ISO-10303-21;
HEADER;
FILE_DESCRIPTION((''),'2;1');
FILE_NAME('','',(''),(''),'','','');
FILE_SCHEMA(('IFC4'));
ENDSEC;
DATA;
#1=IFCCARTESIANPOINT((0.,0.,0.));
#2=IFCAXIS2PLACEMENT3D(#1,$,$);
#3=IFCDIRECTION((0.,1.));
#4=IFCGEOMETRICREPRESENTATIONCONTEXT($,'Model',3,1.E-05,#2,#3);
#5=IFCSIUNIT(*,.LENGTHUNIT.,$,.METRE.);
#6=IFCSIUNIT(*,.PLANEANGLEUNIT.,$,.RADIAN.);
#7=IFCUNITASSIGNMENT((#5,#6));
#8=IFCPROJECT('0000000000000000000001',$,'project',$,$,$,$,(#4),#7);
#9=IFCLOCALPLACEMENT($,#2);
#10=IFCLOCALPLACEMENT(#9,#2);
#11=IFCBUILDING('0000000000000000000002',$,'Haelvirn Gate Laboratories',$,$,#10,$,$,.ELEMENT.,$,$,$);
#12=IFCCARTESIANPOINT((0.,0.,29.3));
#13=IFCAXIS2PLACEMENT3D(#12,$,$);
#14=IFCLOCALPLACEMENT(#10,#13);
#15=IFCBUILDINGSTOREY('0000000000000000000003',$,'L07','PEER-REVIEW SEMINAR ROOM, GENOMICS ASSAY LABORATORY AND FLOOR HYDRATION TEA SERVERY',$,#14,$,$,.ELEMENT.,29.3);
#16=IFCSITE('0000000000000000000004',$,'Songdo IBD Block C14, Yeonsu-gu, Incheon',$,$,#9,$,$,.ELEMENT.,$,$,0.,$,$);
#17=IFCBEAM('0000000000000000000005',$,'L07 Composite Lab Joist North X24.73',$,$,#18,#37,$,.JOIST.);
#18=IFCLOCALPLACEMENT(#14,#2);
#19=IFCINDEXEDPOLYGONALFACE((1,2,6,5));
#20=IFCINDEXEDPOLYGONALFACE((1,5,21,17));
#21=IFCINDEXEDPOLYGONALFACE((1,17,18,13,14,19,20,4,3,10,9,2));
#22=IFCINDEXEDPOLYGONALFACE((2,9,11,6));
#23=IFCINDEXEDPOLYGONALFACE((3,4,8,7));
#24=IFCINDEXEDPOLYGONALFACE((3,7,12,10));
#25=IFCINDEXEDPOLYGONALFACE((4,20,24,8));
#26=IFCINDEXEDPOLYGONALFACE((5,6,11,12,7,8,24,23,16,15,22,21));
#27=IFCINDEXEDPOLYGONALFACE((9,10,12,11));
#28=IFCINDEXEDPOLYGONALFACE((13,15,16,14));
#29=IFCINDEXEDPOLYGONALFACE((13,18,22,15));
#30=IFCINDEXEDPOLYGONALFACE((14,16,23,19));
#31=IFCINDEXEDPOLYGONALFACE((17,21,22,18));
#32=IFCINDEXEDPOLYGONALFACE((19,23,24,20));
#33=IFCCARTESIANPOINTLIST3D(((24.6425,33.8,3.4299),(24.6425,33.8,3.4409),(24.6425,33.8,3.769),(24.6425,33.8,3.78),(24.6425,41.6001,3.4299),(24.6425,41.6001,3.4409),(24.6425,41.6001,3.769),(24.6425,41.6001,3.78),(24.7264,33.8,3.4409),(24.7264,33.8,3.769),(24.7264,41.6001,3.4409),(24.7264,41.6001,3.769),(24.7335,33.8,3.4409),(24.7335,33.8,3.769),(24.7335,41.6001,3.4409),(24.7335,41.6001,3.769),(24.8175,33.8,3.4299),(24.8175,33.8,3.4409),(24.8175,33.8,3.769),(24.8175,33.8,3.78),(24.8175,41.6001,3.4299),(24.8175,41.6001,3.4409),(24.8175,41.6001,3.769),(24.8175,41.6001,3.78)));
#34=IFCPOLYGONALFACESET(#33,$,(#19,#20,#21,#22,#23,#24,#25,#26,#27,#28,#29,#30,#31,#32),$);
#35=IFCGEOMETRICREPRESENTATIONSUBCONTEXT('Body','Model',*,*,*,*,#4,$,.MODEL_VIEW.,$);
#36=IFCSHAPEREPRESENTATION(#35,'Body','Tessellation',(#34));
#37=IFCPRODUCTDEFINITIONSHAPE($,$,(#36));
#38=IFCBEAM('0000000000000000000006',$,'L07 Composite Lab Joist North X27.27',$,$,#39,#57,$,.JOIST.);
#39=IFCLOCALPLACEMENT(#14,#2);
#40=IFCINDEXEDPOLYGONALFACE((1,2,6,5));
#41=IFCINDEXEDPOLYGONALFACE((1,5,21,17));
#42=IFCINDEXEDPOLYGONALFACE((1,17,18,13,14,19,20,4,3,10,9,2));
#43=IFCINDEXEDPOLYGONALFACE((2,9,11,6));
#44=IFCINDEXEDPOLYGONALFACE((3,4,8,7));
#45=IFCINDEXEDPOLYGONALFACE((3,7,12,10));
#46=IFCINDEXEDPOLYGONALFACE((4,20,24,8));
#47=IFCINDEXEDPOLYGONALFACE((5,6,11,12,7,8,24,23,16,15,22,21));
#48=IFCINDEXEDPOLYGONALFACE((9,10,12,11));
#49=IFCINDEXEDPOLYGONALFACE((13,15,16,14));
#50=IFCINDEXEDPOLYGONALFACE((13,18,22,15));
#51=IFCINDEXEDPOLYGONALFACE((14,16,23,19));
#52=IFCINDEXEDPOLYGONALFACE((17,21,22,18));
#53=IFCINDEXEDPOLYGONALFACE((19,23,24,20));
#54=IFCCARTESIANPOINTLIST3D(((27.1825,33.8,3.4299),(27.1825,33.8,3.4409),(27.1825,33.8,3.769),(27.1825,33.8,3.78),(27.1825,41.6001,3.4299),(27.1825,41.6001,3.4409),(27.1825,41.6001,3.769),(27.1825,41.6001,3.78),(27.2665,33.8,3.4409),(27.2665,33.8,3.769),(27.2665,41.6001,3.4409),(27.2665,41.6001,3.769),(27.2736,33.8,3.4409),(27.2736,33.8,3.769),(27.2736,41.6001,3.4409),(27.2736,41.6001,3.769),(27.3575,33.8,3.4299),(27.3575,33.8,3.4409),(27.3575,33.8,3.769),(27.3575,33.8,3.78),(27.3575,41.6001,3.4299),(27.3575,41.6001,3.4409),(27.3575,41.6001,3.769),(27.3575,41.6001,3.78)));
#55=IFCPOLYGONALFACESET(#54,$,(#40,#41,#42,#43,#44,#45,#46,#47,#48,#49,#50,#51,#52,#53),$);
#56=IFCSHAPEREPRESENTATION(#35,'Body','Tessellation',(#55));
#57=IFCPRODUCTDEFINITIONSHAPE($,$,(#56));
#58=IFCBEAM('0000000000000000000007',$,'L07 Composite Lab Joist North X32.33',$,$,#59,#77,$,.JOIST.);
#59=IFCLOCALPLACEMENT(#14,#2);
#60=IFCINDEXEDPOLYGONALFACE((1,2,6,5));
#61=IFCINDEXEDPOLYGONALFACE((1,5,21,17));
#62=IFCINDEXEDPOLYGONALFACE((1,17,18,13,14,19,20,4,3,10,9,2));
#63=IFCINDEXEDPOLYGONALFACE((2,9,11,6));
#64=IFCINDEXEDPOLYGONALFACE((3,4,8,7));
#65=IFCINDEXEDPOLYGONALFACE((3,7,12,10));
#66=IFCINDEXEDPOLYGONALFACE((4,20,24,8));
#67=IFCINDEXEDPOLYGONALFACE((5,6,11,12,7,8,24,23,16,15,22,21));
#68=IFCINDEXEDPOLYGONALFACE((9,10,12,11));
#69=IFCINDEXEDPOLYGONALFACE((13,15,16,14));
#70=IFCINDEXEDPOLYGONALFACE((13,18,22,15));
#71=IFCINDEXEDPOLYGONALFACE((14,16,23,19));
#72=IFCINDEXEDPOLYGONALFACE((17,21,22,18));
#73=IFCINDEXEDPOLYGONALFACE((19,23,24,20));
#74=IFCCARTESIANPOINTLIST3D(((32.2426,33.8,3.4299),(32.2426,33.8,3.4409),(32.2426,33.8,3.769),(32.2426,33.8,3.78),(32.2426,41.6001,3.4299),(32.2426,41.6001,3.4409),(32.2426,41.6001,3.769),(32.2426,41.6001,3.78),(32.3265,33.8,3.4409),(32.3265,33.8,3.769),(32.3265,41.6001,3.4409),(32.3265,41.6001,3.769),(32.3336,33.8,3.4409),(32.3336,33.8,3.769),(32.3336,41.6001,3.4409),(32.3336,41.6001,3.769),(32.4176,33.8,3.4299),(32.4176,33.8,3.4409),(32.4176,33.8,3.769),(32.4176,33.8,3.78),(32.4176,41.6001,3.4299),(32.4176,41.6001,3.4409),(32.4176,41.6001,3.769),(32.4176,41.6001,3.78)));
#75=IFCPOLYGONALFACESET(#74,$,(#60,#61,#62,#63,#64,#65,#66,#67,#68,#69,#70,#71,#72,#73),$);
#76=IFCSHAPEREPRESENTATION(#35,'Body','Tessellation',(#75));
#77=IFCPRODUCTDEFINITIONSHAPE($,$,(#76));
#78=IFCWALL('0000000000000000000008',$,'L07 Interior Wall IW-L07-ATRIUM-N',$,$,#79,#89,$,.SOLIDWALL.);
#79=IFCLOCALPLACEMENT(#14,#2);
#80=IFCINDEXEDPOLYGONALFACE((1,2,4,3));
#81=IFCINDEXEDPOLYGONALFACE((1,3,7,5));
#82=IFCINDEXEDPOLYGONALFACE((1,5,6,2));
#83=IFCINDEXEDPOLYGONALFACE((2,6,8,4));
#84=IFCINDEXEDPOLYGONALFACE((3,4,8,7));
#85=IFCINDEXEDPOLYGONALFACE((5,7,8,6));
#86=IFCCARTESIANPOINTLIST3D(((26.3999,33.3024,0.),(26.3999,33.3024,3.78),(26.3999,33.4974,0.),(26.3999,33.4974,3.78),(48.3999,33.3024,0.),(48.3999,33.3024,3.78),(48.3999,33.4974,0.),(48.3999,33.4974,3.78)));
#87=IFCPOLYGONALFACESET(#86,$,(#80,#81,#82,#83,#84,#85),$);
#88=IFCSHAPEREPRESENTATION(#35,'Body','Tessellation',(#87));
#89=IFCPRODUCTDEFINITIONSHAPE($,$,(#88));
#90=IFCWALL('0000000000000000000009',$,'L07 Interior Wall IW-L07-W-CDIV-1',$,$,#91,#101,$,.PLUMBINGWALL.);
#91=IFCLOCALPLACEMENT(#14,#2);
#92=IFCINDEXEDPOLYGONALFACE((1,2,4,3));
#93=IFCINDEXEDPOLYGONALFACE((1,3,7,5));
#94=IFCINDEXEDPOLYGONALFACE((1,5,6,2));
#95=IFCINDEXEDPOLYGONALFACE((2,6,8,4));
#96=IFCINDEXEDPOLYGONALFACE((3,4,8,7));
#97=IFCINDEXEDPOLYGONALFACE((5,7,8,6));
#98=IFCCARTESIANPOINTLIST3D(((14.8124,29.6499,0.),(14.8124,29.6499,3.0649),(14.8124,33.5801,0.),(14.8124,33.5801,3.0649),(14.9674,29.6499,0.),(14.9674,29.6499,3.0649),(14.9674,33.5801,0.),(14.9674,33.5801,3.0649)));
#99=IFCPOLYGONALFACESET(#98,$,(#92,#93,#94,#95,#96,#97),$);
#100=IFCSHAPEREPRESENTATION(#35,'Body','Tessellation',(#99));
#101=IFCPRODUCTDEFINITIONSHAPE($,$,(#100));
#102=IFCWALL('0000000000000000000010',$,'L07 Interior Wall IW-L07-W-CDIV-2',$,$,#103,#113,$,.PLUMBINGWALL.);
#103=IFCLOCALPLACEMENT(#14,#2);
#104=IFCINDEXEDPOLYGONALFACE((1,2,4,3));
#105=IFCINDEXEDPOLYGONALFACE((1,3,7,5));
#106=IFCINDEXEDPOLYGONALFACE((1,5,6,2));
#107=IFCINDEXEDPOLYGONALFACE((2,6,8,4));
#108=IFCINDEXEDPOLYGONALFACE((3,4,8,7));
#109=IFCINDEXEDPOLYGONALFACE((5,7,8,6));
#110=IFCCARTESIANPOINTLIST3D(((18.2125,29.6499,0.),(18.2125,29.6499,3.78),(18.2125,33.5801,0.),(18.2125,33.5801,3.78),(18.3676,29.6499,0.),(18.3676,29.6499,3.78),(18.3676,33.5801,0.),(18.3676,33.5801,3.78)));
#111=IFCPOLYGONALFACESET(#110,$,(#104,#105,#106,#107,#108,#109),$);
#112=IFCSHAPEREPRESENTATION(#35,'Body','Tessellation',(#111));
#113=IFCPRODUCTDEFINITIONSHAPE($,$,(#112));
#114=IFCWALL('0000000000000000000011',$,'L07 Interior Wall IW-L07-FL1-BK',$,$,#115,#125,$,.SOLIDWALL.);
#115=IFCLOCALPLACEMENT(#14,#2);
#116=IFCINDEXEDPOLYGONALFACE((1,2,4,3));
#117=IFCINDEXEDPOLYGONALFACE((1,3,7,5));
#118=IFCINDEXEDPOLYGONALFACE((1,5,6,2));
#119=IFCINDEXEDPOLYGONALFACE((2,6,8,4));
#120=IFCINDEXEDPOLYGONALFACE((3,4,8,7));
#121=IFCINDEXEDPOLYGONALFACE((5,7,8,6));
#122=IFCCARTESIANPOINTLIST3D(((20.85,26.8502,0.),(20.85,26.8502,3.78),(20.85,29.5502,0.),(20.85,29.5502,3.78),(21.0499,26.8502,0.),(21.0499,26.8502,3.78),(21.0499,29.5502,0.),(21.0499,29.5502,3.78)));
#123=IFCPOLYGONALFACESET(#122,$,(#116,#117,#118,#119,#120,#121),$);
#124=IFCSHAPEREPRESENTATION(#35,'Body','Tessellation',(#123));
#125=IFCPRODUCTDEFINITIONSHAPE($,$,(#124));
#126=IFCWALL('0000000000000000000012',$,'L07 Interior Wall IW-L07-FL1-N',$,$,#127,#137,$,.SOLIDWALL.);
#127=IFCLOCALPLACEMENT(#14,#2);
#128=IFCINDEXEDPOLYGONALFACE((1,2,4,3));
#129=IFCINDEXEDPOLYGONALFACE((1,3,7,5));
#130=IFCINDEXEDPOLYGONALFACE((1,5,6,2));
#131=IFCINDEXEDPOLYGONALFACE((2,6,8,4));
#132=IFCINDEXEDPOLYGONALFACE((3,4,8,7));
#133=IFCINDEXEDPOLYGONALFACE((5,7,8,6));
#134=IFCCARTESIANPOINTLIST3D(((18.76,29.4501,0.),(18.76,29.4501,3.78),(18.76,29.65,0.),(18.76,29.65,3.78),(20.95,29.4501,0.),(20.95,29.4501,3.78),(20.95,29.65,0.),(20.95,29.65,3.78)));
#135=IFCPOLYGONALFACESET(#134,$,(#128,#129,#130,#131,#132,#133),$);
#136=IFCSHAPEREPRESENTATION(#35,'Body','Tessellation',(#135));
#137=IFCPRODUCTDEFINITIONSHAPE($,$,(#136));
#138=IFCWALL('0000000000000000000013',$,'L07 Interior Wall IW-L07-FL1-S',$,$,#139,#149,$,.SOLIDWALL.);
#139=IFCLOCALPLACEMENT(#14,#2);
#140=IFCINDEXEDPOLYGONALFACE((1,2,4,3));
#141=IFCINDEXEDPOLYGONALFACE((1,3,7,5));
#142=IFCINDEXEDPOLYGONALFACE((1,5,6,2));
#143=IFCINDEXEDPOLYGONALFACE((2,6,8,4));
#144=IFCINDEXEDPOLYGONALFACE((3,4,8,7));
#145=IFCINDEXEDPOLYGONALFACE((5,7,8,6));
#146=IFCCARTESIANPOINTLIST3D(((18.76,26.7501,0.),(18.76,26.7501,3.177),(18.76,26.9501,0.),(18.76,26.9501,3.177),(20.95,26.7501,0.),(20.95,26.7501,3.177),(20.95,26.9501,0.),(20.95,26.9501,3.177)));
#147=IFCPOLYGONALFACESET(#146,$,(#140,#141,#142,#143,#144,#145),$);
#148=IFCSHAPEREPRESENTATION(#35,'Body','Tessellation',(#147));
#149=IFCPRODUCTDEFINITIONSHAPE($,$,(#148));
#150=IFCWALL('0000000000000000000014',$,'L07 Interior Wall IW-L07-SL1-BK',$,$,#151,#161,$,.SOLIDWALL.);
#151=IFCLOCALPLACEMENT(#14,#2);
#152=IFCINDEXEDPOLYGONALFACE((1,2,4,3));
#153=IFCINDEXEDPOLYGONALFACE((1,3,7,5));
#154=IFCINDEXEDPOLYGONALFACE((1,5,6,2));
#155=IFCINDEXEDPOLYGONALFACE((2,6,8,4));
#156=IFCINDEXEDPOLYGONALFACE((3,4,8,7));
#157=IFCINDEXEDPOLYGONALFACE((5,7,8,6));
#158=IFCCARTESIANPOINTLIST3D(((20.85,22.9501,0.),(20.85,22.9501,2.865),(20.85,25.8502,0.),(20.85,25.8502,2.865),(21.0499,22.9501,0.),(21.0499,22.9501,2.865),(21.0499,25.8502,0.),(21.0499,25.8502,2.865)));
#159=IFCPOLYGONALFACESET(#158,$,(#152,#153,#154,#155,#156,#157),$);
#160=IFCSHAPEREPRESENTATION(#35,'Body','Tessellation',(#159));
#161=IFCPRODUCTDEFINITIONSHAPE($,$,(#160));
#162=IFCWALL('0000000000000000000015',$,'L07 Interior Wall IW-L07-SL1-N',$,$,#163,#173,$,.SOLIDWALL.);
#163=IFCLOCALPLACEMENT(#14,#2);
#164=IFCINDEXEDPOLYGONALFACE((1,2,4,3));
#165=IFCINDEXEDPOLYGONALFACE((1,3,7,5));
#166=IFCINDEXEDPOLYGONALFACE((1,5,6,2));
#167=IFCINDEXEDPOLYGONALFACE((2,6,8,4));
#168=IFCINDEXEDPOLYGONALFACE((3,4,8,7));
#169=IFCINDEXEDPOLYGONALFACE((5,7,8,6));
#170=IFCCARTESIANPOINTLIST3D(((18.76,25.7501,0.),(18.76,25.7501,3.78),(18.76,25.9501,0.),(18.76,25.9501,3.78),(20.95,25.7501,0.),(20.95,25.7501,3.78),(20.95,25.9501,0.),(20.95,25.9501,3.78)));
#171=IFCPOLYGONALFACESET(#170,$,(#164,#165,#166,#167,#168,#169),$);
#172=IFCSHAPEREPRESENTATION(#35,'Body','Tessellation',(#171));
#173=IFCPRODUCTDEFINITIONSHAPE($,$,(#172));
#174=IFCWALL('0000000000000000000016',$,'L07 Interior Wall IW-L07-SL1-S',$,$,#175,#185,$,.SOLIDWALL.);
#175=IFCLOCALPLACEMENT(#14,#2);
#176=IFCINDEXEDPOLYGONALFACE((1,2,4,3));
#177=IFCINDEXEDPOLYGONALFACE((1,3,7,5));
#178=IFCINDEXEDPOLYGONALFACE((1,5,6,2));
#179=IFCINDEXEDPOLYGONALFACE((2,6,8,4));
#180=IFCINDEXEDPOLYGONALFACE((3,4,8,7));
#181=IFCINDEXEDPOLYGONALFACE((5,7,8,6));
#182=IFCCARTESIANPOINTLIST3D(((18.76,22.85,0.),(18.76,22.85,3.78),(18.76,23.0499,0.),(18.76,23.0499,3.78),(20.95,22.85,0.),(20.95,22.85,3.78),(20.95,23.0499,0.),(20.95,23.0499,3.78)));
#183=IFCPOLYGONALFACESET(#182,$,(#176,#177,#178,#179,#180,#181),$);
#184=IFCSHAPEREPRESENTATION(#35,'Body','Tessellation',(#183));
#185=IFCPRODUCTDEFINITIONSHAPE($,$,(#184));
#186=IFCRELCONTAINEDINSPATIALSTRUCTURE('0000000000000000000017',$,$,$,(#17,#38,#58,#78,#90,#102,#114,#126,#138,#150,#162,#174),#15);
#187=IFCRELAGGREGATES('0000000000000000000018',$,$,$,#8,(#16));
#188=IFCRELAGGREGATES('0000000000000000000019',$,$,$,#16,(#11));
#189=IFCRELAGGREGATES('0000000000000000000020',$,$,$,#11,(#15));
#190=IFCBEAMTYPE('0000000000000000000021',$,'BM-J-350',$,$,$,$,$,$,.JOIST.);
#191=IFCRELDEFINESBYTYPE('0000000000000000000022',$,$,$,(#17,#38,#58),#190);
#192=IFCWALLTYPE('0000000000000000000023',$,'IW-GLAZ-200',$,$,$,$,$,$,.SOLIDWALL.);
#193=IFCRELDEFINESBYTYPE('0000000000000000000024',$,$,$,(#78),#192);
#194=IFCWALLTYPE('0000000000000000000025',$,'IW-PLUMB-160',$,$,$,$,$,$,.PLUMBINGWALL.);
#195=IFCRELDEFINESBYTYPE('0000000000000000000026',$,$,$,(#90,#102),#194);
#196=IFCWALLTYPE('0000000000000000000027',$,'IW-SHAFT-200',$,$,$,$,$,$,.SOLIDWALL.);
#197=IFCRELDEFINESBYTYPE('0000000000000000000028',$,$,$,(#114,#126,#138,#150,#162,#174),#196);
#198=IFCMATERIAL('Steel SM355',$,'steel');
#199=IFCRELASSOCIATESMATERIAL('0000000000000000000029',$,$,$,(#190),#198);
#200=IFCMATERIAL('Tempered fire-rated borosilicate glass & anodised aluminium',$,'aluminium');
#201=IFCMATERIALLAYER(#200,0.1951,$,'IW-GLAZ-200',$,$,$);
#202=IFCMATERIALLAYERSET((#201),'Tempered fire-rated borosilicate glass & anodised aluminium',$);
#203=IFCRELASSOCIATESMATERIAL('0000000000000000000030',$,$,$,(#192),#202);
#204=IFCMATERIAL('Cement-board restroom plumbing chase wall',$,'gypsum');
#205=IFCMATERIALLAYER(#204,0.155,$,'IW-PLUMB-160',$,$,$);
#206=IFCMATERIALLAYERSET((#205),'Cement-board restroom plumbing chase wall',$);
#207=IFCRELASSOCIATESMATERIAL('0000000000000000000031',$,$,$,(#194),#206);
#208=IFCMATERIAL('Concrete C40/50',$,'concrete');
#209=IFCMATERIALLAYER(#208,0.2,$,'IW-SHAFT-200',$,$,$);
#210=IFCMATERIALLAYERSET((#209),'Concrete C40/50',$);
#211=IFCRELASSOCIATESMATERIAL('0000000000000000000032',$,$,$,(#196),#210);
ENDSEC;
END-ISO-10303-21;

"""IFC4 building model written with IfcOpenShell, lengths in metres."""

from ifc_helpers import new_model, si_unit, direction, frame, frame_2d, origin, origin_2d, place, context, subcontext, project, spatial, rectangle, i_section, extrude, source, transform, mapped, material, layer, layer_set, material_profile, profile_set, type_object, type_shapes, element, save


model = new_model("IFC4")

# Units and contexts
model_context = context("Model", 3, precision=1e-05, world=origin(), true_north=direction((0.0, 1.0)))
body_context = subcontext(model_context, "Body", "Model", "MODEL_VIEW")
ifc_project = project(units=[si_unit("LENGTHUNIT", "METRE"), si_unit("PLANEANGLEUNIT", "RADIAN")], contexts=[model_context])

# Site, building, storey
site_placement = place(None, origin())
site = spatial("IfcSite", under=ifc_project, at=site_placement, Name="Songdo IBD Block C14, Yeonsu-gu, Incheon", CompositionType="ELEMENT", RefElevation=0.0)
building_placement = place(site_placement, origin())
building = spatial("IfcBuilding", under=site, at=building_placement, Name="Haelvirn Gate Laboratories", CompositionType="ELEMENT")
storey_placement = place(building_placement, frame((0.0, 0.0, 29.3)))
storey = spatial("IfcBuildingStorey", under=building, at=storey_placement, Name="L07", Description="PEER-REVIEW SEMINAR ROOM, GENOMICS ASSAY LABORATORY AND FLOOR HYDRATION TEA SERVERY", CompositionType="ELEMENT", Elevation=29.3)

# Beams
ifc_material_1 = material(Name="Steel SM355", Category="steel")
ifc_material_profile_1 = material_profile(ifc_material_1, i_section(OverallWidth=0.175, OverallDepth=0.3501, WebThickness=0.0071, FlangeThickness=0.011, at=origin_2d()), Name="H-350x175x7x11")
ifc_profile_set_1 = profile_set([ifc_material_profile_1], Name="Steel SM355")
beam_type_1 = type_object("IfcBeamType", Name="BM-J-350", PredefinedType="JOIST", material=ifc_profile_set_1)
shared_shape_1 = source(origin(), body_context, "Body", "SweptSolid", [
    extrude(i_section(OverallWidth=0.175, OverallDepth=0.3501, WebThickness=0.0071, FlangeThickness=0.011, at=origin_2d()), origin(), (0.0, 0.0, 1.0), 7.8),
])
type_shapes(beam_type_1, [shared_shape_1])
for number, where, z_axis, x_axis, name in (
    (1, (24.73, 33.8, 3.605), (0.0, 1.0, 0.0), (-1.0, 0.0, 0.0), "L07 Composite Lab Joist North X24.73"),
    (2, (27.27, 33.8, 3.605), (0.0, 1.0, 0.0), (-1.0, 0.0, 0.0), "L07 Composite Lab Joist North X27.27"),
    (3, (32.3301, 33.8, 3.605), (0.0, 1.0, 0.0), (-1.0, 0.0, 0.0), "L07 Composite Lab Joist North X32.33"),
):
    element("IfcBeam", number, at=place(storey_placement, frame(where, z_axis=z_axis, x_axis=x_axis)), inside=storey, type_object=beam_type_1, Name=name, PredefinedType="JOIST", context=body_context, shape_type="MappedRepresentation", body=[
        mapped(shared_shape_1, transform((0.0, 0.0, 0.0), scale=1.0)),
    ])

# Walls
ifc_material_2 = material(Name="Tempered fire-rated borosilicate glass & anodised aluminium", Category="aluminium")
ifc_layer_1 = layer(ifc_material_2, 0.1951, Name="IW-GLAZ-200")
ifc_layer_set_1 = layer_set([ifc_layer_1], Name="Tempered fire-rated borosilicate glass & anodised aluminium")
wall_type_1 = type_object("IfcWallType", Name="IW-GLAZ-200", PredefinedType="SOLIDWALL", material=ifc_layer_set_1)
wall_1_placement = place(storey_placement, frame((26.3999, 33.3999, 0.0), z_axis=(0.0, 0.0, 1.0), x_axis=(1.0, 0.0, 0.0)))
element("IfcWall", 4, at=wall_1_placement, inside=storey, type_object=wall_type_1, Name="L07 Interior Wall IW-L07-ATRIUM-N", PredefinedType="SOLIDWALL", context=body_context, shape_type="SweptSolid", body=[
    extrude(rectangle(XDim=22.0, YDim=0.1951, at=frame_2d((11.0, 0.0))), origin(), (0.0, 0.0, 1.0), 3.78),
])
ifc_material_3 = material(Name="Cement-board restroom plumbing chase wall", Category="gypsum")
ifc_layer_2 = layer(ifc_material_3, 0.155, Name="IW-PLUMB-160")
ifc_layer_set_2 = layer_set([ifc_layer_2], Name="Cement-board restroom plumbing chase wall")
wall_type_2 = type_object("IfcWallType", Name="IW-PLUMB-160", PredefinedType="PLUMBINGWALL", material=ifc_layer_set_2)
wall_2_placement = place(storey_placement, frame((14.8899, 29.6499, 0.0), z_axis=(0.0, 0.0, 1.0), x_axis=(0.0, 1.0, 0.0)))
element("IfcWall", 5, at=wall_2_placement, inside=storey, type_object=wall_type_2, Name="L07 Interior Wall IW-L07-W-CDIV-1", PredefinedType="PLUMBINGWALL", context=body_context, shape_type="SweptSolid", body=[
    extrude(rectangle(XDim=3.9302, YDim=0.155, at=frame_2d((1.9651, 0.0))), origin(), (0.0, 0.0, 1.0), 3.0649),
])
wall_3_placement = place(storey_placement, frame((18.29, 29.6499, 0.0), z_axis=(0.0, 0.0, 1.0), x_axis=(0.0, 1.0, 0.0)))
element("IfcWall", 6, at=wall_3_placement, inside=storey, type_object=wall_type_2, Name="L07 Interior Wall IW-L07-W-CDIV-2", PredefinedType="PLUMBINGWALL", context=body_context, shape_type="SweptSolid", body=[
    extrude(rectangle(XDim=3.9302, YDim=0.155, at=frame_2d((1.9651, 0.0))), origin(), (0.0, 0.0, 1.0), 3.78),
])
ifc_material_4 = material(Name="Concrete C40/50", Category="concrete")
ifc_layer_3 = layer(ifc_material_4, 0.2, Name="IW-SHAFT-200")
ifc_layer_set_3 = layer_set([ifc_layer_3], Name="Concrete C40/50")
wall_type_3 = type_object("IfcWallType", Name="IW-SHAFT-200", PredefinedType="SOLIDWALL", material=ifc_layer_set_3)
wall_4_placement = place(storey_placement, frame((20.95, 26.8501, 0.0), z_axis=(0.0, 0.0, 1.0), x_axis=(0.0, 1.0, 0.0)))
element("IfcWall", 7, at=wall_4_placement, inside=storey, type_object=wall_type_3, Name="L07 Interior Wall IW-L07-FL1-BK", PredefinedType="SOLIDWALL", context=body_context, shape_type="SweptSolid", body=[
    extrude(rectangle(XDim=2.7, YDim=0.2, at=frame_2d((1.3501, 0.0))), origin(), (0.0, 0.0, 1.0), 3.78),
])
wall_5_placement = place(storey_placement, frame((18.76, 29.55, 0.0), z_axis=(0.0, 0.0, 1.0), x_axis=(1.0, 0.0, 0.0)))
element("IfcWall", 8, at=wall_5_placement, inside=storey, type_object=wall_type_3, Name="L07 Interior Wall IW-L07-FL1-N", PredefinedType="SOLIDWALL", context=body_context, shape_type="SweptSolid", body=[
    extrude(rectangle(XDim=2.1899, YDim=0.2, at=frame_2d((1.095, 0.0))), origin(), (0.0, 0.0, 1.0), 3.78),
])
wall_6_placement = place(storey_placement, frame((18.76, 26.8501, 0.0), z_axis=(0.0, 0.0, 1.0), x_axis=(1.0, 0.0, 0.0)))
element("IfcWall", 9, at=wall_6_placement, inside=storey, type_object=wall_type_3, Name="L07 Interior Wall IW-L07-FL1-S", PredefinedType="SOLIDWALL", context=body_context, shape_type="SweptSolid", body=[
    extrude(rectangle(XDim=2.1899, YDim=0.2, at=frame_2d((1.095, 0.0))), origin(), (0.0, 0.0, 1.0), 3.177),
])
wall_7_placement = place(storey_placement, frame((20.95, 22.95, 0.0), z_axis=(0.0, 0.0, 1.0), x_axis=(0.0, 1.0, 0.0)))
element("IfcWall", 10, at=wall_7_placement, inside=storey, type_object=wall_type_3, Name="L07 Interior Wall IW-L07-SL1-BK", PredefinedType="SOLIDWALL", context=body_context, shape_type="SweptSolid", body=[
    extrude(rectangle(XDim=2.9001, YDim=0.2, at=frame_2d((1.4502, 0.0))), origin(), (0.0, 0.0, 1.0), 2.865),
])
for number, where, z_axis, x_axis, name in (
    (11, (18.76, 25.8501, 0.0), (0.0, 0.0, 1.0), (1.0, 0.0, 0.0), "L07 Interior Wall IW-L07-SL1-N"),
    (12, (18.76, 22.95, 0.0), (0.0, 0.0, 1.0), (1.0, 0.0, 0.0), "L07 Interior Wall IW-L07-SL1-S"),
):
    element("IfcWall", number, at=place(storey_placement, frame(where, z_axis=z_axis, x_axis=x_axis)), inside=storey, type_object=wall_type_3, Name=name, PredefinedType="SOLIDWALL", context=body_context, shape_type="SweptSolid", body=[
        extrude(rectangle(XDim=2.1899, YDim=0.2, at=frame_2d((1.095, 0.0))), origin(), (0.0, 0.0, 1.0), 3.78),
    ])

save(model, "model.ifc")
